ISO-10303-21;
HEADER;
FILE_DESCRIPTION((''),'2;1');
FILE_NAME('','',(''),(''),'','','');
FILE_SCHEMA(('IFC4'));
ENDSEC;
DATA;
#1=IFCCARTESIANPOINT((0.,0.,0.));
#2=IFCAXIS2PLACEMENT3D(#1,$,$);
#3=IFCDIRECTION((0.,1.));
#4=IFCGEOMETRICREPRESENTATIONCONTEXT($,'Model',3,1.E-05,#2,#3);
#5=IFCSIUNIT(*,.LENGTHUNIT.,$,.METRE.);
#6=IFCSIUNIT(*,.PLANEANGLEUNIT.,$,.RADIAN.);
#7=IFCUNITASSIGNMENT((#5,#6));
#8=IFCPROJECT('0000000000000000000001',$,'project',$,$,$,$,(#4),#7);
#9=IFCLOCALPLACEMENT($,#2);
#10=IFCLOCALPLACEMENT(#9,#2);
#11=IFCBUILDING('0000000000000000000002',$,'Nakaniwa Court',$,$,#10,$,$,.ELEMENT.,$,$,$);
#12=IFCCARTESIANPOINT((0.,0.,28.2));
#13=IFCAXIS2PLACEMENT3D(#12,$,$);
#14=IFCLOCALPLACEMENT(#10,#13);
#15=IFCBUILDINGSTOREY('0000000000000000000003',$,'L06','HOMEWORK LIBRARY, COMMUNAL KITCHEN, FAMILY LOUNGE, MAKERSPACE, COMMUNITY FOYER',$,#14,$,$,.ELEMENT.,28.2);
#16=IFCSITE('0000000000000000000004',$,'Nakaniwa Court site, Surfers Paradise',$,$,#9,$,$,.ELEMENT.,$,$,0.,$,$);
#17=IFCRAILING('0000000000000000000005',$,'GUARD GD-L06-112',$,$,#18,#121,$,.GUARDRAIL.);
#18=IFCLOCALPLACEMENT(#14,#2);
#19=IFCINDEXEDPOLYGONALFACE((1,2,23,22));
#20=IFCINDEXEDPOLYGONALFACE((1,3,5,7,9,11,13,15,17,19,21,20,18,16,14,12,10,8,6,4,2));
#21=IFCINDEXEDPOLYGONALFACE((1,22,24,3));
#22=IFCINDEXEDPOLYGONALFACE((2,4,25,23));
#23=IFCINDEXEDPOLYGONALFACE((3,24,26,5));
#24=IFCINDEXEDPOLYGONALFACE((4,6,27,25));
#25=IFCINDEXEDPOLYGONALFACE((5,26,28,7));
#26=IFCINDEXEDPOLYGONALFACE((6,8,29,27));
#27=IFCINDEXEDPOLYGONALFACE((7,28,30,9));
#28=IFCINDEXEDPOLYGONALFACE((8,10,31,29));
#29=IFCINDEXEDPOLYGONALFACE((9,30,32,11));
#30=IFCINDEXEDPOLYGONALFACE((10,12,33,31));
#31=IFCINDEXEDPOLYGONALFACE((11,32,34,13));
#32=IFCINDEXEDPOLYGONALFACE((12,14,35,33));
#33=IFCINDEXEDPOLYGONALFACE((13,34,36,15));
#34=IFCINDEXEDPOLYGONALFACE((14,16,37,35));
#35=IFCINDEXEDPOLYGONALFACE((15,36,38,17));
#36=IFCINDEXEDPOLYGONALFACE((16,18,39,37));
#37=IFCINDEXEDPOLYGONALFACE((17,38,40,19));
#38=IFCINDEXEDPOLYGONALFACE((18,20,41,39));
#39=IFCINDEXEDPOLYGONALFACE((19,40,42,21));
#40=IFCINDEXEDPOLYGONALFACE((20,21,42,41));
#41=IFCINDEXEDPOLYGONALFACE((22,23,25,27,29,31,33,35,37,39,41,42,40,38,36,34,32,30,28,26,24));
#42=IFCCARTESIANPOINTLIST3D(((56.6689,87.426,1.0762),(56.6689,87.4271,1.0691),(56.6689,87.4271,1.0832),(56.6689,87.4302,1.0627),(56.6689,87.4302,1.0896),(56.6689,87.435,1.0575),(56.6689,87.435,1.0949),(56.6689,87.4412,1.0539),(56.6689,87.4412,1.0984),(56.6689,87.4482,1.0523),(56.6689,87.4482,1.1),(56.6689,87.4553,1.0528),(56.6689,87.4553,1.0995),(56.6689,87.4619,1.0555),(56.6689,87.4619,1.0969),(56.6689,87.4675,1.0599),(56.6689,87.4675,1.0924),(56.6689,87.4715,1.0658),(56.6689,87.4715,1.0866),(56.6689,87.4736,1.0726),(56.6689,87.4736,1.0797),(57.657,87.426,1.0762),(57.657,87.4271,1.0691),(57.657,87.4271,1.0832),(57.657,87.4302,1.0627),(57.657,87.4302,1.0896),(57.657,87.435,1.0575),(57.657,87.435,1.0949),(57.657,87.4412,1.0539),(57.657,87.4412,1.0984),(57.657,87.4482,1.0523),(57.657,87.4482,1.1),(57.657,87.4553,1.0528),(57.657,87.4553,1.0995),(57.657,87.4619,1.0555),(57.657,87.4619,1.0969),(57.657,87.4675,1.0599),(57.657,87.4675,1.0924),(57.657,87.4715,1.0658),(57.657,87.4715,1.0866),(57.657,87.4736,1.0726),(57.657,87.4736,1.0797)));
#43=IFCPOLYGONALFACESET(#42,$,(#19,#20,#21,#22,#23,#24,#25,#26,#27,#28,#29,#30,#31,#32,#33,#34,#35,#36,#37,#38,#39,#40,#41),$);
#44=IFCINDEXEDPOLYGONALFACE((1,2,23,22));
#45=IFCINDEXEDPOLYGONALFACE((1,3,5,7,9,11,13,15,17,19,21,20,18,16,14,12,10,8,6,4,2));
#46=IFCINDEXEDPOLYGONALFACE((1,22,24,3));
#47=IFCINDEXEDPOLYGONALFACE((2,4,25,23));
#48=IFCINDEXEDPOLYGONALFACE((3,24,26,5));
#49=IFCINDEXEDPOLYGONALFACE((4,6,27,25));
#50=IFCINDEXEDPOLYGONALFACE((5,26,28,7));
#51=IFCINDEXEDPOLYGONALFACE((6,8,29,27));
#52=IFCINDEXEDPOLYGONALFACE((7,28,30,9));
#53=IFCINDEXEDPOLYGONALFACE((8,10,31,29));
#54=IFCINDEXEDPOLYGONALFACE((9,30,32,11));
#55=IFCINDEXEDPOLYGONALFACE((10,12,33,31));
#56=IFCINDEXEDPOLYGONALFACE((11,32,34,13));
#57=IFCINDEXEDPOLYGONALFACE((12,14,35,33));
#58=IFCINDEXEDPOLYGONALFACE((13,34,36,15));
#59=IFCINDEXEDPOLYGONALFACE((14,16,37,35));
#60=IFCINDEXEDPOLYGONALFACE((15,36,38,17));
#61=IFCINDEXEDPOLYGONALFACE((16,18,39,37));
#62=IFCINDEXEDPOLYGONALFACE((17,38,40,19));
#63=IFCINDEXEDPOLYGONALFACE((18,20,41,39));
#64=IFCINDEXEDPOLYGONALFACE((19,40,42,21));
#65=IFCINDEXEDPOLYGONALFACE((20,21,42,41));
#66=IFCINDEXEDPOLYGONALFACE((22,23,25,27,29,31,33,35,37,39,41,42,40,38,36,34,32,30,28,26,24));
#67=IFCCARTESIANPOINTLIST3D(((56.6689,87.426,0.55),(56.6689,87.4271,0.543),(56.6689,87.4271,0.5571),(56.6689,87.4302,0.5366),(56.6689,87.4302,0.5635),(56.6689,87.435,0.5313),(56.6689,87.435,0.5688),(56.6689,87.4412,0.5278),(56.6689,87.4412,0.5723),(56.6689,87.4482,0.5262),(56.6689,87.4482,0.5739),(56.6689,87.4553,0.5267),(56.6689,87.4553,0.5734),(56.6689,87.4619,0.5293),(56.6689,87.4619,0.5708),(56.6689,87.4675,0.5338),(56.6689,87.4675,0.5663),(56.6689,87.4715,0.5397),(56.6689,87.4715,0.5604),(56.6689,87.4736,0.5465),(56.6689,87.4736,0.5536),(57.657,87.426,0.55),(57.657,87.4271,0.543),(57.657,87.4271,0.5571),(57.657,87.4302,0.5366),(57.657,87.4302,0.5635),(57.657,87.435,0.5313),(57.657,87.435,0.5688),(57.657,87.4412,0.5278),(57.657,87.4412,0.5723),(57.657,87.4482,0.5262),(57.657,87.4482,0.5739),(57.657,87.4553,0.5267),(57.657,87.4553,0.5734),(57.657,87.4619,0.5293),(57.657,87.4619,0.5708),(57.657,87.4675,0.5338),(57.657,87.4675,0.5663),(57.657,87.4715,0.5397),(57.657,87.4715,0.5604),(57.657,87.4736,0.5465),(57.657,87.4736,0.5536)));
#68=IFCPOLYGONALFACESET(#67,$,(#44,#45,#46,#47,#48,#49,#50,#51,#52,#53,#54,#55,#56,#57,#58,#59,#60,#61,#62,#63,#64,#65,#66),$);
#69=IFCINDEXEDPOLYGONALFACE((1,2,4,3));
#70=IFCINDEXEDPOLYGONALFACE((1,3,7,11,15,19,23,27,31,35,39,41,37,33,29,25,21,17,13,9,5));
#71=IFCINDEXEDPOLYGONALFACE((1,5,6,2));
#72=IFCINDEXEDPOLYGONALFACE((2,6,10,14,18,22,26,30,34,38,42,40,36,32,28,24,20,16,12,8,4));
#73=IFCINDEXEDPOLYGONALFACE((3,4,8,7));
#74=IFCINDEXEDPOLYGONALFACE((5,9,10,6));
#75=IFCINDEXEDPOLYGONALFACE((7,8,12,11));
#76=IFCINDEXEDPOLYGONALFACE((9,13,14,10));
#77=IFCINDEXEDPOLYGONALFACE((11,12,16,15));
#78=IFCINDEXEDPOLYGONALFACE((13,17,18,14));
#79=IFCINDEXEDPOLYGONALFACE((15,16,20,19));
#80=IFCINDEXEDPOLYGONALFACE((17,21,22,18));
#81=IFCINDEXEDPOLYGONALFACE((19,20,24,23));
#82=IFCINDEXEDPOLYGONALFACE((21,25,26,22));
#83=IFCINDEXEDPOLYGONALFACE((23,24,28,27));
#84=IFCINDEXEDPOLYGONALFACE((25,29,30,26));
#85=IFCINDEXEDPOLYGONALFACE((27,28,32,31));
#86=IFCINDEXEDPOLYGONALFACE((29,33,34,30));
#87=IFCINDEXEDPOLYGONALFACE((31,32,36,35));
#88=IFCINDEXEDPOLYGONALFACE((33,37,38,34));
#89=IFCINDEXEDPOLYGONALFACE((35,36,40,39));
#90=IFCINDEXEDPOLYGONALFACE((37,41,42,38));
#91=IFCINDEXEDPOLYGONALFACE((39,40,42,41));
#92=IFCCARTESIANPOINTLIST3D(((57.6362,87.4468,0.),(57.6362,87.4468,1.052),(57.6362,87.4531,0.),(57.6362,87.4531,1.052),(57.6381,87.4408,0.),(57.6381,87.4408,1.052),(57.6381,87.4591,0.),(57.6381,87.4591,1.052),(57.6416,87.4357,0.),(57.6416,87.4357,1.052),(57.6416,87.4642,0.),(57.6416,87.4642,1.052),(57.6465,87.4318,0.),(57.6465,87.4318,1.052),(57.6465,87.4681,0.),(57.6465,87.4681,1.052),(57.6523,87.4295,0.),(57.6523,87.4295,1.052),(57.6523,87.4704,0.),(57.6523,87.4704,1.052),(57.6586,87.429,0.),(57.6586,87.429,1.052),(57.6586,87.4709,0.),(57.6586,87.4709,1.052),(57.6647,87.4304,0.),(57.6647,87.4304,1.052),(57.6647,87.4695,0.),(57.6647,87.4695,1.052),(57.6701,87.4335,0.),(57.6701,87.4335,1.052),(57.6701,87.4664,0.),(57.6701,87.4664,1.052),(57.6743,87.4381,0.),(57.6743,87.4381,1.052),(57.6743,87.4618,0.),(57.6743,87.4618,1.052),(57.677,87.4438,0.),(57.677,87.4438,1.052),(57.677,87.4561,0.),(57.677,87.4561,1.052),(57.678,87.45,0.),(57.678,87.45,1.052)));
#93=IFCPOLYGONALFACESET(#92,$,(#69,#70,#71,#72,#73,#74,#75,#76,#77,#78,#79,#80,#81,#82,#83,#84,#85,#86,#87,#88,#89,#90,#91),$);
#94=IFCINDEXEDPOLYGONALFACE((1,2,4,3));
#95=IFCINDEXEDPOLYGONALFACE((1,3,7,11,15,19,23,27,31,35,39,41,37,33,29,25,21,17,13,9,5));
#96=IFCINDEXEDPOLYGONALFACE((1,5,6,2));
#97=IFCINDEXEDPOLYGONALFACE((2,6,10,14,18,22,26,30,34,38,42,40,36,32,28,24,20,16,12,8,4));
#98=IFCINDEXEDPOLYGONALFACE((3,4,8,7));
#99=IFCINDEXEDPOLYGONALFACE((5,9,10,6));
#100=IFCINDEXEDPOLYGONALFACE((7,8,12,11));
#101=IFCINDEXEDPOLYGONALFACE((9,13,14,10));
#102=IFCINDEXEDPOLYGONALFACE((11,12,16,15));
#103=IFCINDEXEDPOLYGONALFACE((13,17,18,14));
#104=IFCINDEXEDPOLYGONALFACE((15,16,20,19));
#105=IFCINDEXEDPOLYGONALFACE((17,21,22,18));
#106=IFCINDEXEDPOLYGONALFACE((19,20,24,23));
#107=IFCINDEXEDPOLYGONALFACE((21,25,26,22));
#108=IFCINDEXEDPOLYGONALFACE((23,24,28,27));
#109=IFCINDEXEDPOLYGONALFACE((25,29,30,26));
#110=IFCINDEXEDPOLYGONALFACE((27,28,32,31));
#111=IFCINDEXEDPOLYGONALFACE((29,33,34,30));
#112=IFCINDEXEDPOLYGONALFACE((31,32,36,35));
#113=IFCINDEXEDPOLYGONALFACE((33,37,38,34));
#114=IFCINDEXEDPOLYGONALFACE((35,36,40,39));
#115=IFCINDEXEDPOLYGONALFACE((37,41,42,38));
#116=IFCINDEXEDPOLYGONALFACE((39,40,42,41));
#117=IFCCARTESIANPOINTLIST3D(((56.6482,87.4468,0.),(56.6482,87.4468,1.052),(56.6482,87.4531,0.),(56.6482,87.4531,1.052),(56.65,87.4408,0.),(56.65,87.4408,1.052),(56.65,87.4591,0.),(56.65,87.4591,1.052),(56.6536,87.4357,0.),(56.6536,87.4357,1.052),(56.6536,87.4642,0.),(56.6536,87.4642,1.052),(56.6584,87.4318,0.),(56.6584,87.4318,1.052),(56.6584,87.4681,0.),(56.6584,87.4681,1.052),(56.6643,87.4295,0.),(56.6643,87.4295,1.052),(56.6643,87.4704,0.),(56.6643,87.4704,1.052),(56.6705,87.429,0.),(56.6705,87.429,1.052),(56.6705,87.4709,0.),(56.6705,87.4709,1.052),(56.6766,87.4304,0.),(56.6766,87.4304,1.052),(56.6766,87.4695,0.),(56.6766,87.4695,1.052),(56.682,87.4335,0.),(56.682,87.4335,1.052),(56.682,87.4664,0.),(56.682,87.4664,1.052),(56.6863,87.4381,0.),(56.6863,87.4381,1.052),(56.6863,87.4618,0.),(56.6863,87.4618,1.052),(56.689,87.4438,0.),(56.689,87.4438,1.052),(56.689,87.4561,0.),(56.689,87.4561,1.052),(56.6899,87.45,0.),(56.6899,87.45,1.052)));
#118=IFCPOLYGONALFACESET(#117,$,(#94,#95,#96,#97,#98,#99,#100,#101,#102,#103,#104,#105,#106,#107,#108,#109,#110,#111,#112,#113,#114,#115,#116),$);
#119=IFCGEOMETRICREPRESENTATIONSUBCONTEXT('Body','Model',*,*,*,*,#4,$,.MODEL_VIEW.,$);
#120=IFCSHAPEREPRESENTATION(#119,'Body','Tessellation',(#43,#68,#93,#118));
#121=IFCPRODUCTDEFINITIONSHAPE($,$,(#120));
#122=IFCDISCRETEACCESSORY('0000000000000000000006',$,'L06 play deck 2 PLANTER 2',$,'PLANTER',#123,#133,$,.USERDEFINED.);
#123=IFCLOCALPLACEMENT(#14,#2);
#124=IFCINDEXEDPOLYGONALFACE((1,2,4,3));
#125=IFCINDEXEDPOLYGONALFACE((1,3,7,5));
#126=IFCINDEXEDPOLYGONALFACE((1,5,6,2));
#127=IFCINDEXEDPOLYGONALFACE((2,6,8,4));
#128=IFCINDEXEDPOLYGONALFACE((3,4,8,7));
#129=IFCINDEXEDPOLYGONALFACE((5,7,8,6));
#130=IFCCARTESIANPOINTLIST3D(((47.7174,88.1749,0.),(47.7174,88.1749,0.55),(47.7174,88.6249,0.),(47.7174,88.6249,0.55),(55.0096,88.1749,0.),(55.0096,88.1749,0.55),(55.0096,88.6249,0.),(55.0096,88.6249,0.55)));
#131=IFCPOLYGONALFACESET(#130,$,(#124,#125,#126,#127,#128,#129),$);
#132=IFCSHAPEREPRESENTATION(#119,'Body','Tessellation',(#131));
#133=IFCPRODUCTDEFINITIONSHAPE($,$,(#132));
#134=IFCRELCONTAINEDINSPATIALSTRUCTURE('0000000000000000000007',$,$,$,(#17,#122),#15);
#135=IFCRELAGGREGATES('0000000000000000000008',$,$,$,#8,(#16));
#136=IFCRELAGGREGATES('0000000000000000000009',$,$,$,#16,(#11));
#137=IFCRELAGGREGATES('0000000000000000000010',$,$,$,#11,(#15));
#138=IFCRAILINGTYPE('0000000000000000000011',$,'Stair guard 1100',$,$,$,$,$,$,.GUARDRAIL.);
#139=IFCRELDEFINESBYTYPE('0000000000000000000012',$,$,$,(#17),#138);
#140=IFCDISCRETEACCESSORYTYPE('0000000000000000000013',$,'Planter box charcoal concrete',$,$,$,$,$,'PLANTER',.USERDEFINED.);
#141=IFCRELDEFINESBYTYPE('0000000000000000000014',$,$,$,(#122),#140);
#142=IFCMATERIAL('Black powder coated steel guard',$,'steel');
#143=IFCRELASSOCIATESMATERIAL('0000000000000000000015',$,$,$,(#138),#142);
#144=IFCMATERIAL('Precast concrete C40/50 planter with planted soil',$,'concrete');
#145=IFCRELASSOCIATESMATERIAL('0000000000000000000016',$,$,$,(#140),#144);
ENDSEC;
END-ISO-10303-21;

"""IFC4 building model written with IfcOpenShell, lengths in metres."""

from ifc_helpers import new_model, si_unit, direction, frame, origin, origin_2d, place, context, subcontext, project, spatial, rectangle, circle, extrude, material, type_object, element, save


model = new_model("IFC4")

# Units and contexts
model_context = context("Model", 3, precision=1e-05, world=origin(), true_north=direction((0.0, 1.0)))
body_context = subcontext(model_context, "Body", "Model", "MODEL_VIEW")
ifc_project = project(units=[si_unit("LENGTHUNIT", "METRE"), si_unit("PLANEANGLEUNIT", "RADIAN")], contexts=[model_context])

# Site, building, storey
site_placement = place(None, origin())
site = spatial("IfcSite", under=ifc_project, at=site_placement, Name="Nakaniwa Court site, Surfers Paradise", CompositionType="ELEMENT", RefElevation=0.0)
building_placement = place(site_placement, origin())
building = spatial("IfcBuilding", under=site, at=building_placement, Name="Nakaniwa Court", CompositionType="ELEMENT")
storey_placement = place(building_placement, frame((0.0, 0.0, 28.2)))
storey = spatial("IfcBuildingStorey", under=building, at=storey_placement, Name="L06", Description="HOMEWORK LIBRARY, COMMUNAL KITCHEN, FAMILY LOUNGE, MAKERSPACE, COMMUNITY FOYER", CompositionType="ELEMENT", Elevation=28.2)

# Railing
ifc_material_1 = material(Name="Black powder coated steel guard", Category="steel")
railing_type_1 = type_object("IfcRailingType", Name="Stair guard 1100", PredefinedType="GUARDRAIL", material=ifc_material_1)
railing_1_placement = place(storey_placement, frame((57.657, 87.45, 0.0)))
element("IfcRailing", 1, at=railing_1_placement, inside=storey, type_object=railing_type_1, Name="GUARD GD-L06-112", PredefinedType="GUARDRAIL", context=body_context, shape_type="SweptSolid", body=[
    extrude(circle(Radius=0.0239, at=origin_2d()), frame((0.0, 0.0, 1.0762), z_axis=(-1.0, 0.0, 0.0), x_axis=(0.0, -1.0, 0.0)), (0.0, 0.0, 1.0), 0.988),
    extrude(circle(Radius=0.0239, at=origin_2d()), frame((0.0, 0.0, 0.55), z_axis=(-1.0, 0.0, 0.0), x_axis=(0.0, -1.0, 0.0)), (0.0, 0.0, 1.0), 0.988),
    extrude(circle(Radius=0.021, at=origin_2d()), origin(), (0.0, 0.0, 1.0), 1.052),
    extrude(circle(Radius=0.021, at=origin_2d()), frame((-0.988, 0.0, 0.0)), (0.0, 0.0, 1.0), 1.052),
])

# Discrete accessory
ifc_material_2 = material(Name="Precast concrete C40/50 planter with planted soil", Category="concrete")
discrete_accessory_type = type_object("IfcDiscreteAccessoryType", Name="Planter box charcoal concrete", ElementType="PLANTER", PredefinedType="USERDEFINED", material=ifc_material_2)
discrete_accessory_placement = place(storey_placement, frame((51.3635, 88.3999, 0.0), z_axis=(0.0, 0.0, 1.0), x_axis=(1.0, 0.0, 0.0)))
element("IfcDiscreteAccessory", 2, at=discrete_accessory_placement, inside=storey, type_object=discrete_accessory_type, Name="L06 play deck 2 PLANTER 2", ObjectType="PLANTER", PredefinedType="USERDEFINED", context=body_context, shape_type="SweptSolid", body=[
    extrude(rectangle(XDim=7.2922, YDim=0.45, at=origin_2d()), origin(), (0.0, 0.0, 1.0), 0.55),
])

save(model, "model.ifc")
